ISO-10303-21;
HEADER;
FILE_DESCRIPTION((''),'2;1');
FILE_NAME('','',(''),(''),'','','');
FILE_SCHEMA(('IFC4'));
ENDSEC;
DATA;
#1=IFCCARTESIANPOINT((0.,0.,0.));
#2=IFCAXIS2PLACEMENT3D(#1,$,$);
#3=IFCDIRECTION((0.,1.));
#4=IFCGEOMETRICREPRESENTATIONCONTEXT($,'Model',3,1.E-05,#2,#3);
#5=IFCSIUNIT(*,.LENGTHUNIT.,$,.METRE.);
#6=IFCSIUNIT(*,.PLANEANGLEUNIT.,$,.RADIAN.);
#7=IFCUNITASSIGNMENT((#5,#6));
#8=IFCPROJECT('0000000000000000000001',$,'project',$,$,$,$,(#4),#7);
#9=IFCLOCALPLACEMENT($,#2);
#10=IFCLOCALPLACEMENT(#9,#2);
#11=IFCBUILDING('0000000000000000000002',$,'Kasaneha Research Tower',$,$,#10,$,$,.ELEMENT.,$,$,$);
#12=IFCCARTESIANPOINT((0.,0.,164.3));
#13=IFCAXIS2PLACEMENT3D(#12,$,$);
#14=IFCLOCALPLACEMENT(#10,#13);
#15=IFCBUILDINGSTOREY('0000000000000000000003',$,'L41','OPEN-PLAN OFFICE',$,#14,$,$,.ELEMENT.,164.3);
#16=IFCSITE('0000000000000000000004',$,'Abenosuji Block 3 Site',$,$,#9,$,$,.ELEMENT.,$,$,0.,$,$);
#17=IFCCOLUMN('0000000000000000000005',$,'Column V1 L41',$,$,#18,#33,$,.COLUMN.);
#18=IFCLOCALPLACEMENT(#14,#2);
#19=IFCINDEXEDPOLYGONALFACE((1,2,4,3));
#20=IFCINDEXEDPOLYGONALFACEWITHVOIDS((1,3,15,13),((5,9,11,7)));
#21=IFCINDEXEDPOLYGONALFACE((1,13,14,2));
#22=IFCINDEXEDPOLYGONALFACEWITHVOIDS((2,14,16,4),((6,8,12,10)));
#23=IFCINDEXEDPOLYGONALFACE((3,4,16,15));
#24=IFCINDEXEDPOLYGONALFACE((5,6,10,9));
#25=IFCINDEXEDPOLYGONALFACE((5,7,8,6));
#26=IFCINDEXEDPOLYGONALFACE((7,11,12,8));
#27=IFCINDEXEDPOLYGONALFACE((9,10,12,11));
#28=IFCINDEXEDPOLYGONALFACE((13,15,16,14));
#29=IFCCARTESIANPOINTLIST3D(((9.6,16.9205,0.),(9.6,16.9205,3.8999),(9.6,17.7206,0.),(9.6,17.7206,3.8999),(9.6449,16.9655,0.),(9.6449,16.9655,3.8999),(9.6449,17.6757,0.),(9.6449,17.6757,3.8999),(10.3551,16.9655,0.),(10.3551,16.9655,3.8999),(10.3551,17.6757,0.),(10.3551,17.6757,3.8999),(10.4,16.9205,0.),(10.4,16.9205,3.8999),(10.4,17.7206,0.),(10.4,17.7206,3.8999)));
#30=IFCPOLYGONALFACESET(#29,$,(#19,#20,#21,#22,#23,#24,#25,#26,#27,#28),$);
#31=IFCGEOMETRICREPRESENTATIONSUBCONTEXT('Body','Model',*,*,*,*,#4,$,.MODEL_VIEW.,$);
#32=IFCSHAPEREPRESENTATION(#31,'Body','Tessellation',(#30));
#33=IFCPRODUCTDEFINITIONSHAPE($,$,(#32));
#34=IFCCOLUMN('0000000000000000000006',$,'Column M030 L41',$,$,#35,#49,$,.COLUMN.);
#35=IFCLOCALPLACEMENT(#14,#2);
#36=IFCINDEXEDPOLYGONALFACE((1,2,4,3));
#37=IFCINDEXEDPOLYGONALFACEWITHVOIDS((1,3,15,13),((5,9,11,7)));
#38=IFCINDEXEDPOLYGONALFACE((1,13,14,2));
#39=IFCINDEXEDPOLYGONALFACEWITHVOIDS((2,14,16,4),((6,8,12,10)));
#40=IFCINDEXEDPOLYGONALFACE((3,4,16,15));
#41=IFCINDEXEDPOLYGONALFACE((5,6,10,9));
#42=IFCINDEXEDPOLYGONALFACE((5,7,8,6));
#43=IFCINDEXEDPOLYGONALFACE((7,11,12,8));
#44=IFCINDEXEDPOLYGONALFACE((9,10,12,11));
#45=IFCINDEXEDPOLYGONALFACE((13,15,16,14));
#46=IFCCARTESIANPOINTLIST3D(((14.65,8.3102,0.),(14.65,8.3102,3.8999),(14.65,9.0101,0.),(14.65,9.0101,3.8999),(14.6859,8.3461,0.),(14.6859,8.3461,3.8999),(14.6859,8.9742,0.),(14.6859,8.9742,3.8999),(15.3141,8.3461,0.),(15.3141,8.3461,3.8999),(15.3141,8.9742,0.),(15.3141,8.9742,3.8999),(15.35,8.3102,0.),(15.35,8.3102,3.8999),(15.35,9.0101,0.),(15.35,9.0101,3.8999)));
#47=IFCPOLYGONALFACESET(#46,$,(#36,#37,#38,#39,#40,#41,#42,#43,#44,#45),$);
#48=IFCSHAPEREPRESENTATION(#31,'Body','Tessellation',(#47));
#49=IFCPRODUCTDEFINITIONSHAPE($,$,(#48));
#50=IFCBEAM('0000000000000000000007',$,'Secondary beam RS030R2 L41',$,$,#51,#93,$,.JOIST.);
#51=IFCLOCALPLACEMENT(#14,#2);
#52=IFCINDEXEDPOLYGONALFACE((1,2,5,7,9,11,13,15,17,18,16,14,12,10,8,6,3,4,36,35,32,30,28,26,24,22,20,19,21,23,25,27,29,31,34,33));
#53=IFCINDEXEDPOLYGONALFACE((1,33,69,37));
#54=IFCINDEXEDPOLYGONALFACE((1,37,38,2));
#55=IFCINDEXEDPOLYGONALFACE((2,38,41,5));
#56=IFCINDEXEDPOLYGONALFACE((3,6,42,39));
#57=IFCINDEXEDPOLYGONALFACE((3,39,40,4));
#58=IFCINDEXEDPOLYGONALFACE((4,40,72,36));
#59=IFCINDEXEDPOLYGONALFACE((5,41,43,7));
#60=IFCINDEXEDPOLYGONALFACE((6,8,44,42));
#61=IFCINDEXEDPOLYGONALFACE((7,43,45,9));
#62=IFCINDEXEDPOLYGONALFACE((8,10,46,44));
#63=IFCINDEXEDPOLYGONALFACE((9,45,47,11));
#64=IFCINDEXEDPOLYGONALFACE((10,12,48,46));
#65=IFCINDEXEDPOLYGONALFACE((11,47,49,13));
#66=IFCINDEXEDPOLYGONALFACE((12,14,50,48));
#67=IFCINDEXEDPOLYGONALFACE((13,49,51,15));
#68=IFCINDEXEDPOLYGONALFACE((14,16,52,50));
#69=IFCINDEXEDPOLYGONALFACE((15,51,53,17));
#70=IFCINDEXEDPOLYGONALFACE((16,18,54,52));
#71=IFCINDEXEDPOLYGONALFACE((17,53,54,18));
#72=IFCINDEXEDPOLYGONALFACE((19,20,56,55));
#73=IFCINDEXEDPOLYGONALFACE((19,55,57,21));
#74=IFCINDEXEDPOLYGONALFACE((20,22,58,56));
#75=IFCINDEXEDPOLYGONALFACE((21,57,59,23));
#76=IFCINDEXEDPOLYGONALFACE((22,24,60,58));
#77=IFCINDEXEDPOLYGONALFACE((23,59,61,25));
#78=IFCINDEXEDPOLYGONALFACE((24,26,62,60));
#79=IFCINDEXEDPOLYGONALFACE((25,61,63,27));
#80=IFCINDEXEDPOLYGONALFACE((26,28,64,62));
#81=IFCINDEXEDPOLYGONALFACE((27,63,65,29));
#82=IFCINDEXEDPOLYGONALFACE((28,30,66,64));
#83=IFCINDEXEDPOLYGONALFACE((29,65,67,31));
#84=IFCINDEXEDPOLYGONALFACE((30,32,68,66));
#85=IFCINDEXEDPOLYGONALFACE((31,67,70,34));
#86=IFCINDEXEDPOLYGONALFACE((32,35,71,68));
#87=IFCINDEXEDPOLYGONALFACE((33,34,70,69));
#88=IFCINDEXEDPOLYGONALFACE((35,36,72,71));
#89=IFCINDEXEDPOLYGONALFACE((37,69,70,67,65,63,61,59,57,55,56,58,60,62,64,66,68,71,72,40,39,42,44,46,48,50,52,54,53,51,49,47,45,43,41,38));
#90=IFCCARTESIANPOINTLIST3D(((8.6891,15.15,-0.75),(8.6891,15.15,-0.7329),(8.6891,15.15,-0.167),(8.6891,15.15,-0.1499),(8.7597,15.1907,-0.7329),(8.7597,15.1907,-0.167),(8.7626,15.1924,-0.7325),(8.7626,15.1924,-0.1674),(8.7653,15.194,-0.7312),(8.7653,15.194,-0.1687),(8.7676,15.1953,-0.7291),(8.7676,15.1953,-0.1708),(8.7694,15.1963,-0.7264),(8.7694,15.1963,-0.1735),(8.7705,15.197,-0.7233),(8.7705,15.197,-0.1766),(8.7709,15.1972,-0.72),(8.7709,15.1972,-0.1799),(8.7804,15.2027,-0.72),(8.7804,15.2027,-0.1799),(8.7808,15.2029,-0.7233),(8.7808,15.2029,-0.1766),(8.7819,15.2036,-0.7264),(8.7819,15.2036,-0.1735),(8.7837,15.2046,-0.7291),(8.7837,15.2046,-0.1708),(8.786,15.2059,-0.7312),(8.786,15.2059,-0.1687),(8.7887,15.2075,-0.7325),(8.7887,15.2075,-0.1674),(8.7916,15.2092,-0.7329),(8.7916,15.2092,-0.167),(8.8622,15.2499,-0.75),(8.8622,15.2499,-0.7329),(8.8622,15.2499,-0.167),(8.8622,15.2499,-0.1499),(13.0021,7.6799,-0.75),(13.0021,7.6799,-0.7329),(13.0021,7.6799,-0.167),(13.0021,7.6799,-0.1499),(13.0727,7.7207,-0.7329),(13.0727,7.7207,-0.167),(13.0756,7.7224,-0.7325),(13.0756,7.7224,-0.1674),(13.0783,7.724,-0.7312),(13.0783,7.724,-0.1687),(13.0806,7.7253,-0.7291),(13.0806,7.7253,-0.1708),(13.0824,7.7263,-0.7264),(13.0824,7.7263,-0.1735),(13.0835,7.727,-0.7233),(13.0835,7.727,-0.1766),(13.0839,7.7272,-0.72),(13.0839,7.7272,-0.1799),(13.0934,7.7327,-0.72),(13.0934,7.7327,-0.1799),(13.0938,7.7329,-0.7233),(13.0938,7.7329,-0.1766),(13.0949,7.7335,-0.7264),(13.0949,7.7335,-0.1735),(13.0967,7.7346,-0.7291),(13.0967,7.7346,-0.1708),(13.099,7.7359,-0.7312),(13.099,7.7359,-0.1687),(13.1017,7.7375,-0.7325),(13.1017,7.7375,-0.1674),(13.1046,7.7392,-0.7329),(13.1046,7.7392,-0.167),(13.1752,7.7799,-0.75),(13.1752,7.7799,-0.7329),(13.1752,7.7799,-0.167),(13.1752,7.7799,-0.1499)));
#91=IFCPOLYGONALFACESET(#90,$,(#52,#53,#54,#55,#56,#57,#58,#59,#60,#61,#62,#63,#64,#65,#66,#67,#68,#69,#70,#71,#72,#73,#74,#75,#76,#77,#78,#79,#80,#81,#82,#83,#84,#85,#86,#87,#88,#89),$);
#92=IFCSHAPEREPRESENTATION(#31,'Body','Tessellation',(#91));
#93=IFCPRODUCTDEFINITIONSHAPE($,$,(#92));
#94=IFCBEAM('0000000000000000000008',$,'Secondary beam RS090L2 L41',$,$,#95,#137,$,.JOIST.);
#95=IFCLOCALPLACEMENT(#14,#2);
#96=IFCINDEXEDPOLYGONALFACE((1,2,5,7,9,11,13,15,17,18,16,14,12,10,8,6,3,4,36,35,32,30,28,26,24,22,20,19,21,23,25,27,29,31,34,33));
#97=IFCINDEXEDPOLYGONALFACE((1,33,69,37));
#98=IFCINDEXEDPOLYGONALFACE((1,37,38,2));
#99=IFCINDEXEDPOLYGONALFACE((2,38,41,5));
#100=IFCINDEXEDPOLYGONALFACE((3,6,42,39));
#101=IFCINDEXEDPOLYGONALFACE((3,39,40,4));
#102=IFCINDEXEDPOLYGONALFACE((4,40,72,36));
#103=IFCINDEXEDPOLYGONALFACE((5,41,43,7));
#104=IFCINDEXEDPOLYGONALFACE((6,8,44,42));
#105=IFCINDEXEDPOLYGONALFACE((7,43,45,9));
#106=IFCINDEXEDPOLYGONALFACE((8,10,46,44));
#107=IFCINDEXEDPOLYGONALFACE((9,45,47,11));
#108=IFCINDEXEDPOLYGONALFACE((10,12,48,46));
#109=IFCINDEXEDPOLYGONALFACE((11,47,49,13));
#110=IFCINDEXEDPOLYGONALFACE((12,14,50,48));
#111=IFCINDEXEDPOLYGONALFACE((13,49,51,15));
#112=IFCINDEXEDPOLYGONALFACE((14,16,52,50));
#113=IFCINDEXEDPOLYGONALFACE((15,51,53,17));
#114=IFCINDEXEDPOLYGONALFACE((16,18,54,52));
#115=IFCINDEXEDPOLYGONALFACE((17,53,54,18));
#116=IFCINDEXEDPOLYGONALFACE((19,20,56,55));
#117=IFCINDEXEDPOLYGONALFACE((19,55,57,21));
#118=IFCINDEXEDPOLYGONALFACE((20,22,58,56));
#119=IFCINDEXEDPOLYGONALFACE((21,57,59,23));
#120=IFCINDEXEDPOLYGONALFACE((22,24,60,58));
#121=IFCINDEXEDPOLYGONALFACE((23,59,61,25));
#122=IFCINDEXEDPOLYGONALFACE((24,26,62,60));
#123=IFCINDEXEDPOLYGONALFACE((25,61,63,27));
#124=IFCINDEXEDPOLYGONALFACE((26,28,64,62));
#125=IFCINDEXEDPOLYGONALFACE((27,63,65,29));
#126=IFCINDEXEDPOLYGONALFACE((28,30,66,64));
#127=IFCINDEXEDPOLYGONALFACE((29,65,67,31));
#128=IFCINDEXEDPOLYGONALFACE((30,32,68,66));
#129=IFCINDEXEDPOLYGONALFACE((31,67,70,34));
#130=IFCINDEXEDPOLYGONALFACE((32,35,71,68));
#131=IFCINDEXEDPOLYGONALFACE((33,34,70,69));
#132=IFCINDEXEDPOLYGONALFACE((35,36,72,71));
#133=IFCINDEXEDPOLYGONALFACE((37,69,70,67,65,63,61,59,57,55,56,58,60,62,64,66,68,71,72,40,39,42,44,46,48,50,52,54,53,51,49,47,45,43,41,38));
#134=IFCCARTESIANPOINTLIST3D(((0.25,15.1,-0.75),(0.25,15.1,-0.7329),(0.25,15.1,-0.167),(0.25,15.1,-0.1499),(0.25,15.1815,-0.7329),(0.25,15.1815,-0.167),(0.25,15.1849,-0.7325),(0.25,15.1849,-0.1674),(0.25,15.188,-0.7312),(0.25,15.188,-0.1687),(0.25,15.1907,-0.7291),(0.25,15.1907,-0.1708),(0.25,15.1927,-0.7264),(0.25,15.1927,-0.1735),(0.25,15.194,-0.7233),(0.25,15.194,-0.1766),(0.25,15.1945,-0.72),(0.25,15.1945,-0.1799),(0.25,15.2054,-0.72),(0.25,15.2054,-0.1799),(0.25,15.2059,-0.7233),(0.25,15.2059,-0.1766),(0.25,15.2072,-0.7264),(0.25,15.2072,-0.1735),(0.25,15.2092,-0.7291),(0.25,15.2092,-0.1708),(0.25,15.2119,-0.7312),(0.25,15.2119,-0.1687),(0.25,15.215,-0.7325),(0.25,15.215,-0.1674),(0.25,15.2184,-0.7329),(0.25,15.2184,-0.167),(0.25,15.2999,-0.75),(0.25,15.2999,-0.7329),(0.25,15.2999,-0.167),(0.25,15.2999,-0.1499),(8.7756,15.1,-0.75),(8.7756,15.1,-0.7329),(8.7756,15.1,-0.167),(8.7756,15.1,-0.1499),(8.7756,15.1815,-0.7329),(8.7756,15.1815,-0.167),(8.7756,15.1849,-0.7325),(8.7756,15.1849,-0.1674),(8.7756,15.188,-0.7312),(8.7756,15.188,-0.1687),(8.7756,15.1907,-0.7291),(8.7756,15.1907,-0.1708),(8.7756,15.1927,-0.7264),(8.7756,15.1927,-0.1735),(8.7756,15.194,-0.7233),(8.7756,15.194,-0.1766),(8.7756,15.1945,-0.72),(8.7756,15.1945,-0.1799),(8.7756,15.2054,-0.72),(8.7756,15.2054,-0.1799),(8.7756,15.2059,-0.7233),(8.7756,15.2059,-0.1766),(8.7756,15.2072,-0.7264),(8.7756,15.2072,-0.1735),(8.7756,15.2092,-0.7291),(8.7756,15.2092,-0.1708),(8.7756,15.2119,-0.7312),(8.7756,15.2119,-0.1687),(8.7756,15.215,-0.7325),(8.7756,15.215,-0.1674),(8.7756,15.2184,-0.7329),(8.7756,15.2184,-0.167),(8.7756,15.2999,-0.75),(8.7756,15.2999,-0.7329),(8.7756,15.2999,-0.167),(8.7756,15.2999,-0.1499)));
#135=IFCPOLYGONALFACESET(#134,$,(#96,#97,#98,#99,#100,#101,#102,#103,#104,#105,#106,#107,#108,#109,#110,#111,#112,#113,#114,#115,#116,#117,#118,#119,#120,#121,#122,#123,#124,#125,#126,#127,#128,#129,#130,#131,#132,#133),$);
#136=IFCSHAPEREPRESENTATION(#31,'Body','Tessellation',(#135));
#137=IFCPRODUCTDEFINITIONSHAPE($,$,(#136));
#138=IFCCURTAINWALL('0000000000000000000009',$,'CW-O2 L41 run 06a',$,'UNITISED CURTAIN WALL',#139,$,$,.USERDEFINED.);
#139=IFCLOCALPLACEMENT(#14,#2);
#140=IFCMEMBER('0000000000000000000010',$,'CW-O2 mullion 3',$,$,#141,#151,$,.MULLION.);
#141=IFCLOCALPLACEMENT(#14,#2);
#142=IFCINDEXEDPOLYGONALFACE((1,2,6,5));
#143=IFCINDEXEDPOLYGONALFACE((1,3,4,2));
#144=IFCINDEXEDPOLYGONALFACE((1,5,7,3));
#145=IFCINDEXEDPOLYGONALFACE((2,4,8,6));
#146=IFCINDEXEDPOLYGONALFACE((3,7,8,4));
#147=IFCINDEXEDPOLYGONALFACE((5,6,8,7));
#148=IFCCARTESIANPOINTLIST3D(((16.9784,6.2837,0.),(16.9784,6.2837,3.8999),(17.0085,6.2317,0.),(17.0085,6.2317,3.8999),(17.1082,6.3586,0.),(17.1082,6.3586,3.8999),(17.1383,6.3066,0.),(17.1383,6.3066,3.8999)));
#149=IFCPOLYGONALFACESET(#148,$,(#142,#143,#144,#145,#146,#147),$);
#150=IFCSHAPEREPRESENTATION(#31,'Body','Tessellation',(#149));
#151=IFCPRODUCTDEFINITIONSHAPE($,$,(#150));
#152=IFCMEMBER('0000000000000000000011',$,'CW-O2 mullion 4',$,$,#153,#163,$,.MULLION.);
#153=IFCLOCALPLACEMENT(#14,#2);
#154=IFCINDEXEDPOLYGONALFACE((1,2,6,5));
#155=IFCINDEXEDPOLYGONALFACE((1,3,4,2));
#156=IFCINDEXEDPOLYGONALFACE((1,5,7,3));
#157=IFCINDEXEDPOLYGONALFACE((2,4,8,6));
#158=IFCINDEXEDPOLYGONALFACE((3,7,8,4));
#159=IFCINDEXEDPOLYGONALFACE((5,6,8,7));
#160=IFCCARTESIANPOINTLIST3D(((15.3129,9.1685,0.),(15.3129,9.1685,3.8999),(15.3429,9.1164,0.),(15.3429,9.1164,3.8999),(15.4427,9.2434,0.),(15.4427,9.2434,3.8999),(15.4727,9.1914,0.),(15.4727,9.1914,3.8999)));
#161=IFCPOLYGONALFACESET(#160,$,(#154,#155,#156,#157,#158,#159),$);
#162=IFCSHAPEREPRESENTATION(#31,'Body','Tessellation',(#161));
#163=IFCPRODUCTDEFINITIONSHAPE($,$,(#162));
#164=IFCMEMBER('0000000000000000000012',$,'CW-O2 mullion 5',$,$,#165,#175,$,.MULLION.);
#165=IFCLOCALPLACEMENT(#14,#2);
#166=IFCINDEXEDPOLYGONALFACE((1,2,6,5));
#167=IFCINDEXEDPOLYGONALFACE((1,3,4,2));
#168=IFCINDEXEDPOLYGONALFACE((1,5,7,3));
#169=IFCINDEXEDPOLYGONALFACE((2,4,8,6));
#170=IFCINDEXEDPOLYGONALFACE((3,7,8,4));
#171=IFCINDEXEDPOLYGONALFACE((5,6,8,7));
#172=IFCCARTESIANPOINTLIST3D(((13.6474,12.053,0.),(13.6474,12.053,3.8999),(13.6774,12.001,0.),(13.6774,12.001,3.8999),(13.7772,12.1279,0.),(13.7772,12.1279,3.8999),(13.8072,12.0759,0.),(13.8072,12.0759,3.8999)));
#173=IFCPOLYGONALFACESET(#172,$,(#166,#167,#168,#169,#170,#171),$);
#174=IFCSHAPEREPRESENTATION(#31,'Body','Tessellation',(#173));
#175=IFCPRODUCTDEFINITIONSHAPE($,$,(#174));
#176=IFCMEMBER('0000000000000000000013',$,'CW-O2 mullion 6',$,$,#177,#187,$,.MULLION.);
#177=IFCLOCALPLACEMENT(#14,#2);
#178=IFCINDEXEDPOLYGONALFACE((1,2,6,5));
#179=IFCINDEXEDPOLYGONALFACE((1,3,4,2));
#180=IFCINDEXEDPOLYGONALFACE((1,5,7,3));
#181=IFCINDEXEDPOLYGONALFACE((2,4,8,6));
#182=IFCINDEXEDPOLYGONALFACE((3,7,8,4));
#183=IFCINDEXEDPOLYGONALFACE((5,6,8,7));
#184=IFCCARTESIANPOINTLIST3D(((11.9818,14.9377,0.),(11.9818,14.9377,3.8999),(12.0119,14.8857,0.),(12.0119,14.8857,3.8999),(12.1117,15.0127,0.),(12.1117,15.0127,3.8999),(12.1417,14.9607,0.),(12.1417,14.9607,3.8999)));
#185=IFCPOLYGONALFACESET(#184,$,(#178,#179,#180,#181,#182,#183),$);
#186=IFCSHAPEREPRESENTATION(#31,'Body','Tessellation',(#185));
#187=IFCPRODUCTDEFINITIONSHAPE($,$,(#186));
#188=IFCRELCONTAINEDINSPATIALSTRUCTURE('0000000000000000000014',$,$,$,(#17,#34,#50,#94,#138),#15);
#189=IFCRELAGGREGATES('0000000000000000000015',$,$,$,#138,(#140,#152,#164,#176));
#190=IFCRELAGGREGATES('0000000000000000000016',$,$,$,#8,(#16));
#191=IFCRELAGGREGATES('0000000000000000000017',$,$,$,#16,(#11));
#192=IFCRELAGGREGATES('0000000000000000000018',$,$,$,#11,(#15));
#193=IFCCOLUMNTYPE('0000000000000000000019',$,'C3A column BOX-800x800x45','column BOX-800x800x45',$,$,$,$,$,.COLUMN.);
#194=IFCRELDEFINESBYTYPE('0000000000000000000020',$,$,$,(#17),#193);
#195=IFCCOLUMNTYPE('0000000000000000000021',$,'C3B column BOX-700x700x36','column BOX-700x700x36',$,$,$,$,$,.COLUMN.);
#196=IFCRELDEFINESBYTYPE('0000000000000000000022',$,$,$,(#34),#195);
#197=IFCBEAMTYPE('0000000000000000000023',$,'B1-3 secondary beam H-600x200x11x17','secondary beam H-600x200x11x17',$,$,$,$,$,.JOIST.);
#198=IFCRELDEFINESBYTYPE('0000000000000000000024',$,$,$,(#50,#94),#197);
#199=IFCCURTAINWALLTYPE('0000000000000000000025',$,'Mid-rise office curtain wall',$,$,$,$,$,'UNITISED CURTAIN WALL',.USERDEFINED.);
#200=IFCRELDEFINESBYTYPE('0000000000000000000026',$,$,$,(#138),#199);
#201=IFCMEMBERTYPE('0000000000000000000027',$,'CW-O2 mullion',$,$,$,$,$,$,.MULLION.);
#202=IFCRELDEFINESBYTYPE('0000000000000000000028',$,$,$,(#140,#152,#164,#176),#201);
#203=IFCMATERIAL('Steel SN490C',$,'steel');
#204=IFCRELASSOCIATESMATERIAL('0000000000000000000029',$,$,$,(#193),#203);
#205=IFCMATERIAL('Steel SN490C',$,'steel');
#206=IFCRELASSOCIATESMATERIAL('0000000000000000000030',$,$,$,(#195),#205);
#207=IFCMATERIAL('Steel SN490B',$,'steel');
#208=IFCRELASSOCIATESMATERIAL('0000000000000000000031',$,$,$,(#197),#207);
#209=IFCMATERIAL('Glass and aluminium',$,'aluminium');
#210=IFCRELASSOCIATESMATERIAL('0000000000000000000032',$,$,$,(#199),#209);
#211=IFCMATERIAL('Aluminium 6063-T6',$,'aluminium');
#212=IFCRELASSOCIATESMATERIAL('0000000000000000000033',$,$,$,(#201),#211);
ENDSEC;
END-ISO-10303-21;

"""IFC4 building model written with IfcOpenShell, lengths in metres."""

from ifc_helpers import new_model, si_unit, direction, frame, origin, origin_2d, place, context, subcontext, project, spatial, rectangle, hollow_rectangle, i_section, extrude, material, material_profile, profile_set, type_object, element, aggregate, save


model = new_model("IFC4")

# Units and contexts
model_context = context("Model", 3, precision=1e-05, world=origin(), true_north=direction((0.0, 1.0)))
body_context = subcontext(model_context, "Body", "Model", "MODEL_VIEW")
ifc_project = project(units=[si_unit("LENGTHUNIT", "METRE"), si_unit("PLANEANGLEUNIT", "RADIAN")], contexts=[model_context])

# Site, building, storey
site_placement = place(None, origin())
site = spatial("IfcSite", under=ifc_project, at=site_placement, Name="Abenosuji Block 3 Site", CompositionType="ELEMENT", RefElevation=0.0)
building_placement = place(site_placement, origin())
building = spatial("IfcBuilding", under=site, at=building_placement, Name="Kasaneha Research Tower", CompositionType="ELEMENT")
storey_placement = place(building_placement, frame((0.0, 0.0, 164.3)))
storey = spatial("IfcBuildingStorey", under=building, at=storey_placement, Name="L41", Description="OPEN-PLAN OFFICE", CompositionType="ELEMENT", Elevation=164.3)

# Columns
ifc_material_1 = material(Name="Steel SN490C", Category="steel")
ifc_material_profile_1 = material_profile(ifc_material_1, hollow_rectangle(XDim=0.8, YDim=0.8, WallThickness=0.0449, at=origin_2d()), Name="BOX-800x800x45")
ifc_profile_set_1 = profile_set([ifc_material_profile_1], Name="Steel SN490C")
column_type_1 = type_object("IfcColumnType", Name="C3A column BOX-800x800x45", Description="column BOX-800x800x45", PredefinedType="COLUMN", material=ifc_profile_set_1)
column_1_placement = place(storey_placement, frame((10.0, 17.3206, 0.0), z_axis=(0.0, 0.0, 1.0), x_axis=(1.0, 0.0, 0.0)))
element("IfcColumn", 1, at=column_1_placement, inside=storey, type_object=column_type_1, Name="Column V1 L41", PredefinedType="COLUMN", context=body_context, shape_type="SweptSolid", body=[
    extrude(hollow_rectangle(XDim=0.8, YDim=0.8, WallThickness=0.0449, at=origin_2d()), origin(), (0.0, 0.0, 1.0), 3.8999),
])
ifc_material_2 = material(Name="Steel SN490C", Category="steel")
ifc_material_profile_2 = material_profile(ifc_material_2, hollow_rectangle(XDim=0.7, YDim=0.7, WallThickness=0.0359, at=origin_2d()), Name="BOX-700x700x36")
ifc_profile_set_2 = profile_set([ifc_material_profile_2], Name="Steel SN490C")
column_type_2 = type_object("IfcColumnType", Name="C3B column BOX-700x700x36", Description="column BOX-700x700x36", PredefinedType="COLUMN", material=ifc_profile_set_2)
column_2_placement = place(storey_placement, frame((15.0, 8.6602, 0.0), z_axis=(0.0, 0.0, 1.0), x_axis=(1.0, 0.0, 0.0)))
element("IfcColumn", 2, at=column_2_placement, inside=storey, type_object=column_type_2, Name="Column M030 L41", PredefinedType="COLUMN", context=body_context, shape_type="SweptSolid", body=[
    extrude(hollow_rectangle(XDim=0.7, YDim=0.7, WallThickness=0.0359, at=origin_2d()), origin(), (0.0, 0.0, 1.0), 3.8999),
])

# Beams
ifc_material_3 = material(Name="Steel SN490B", Category="steel")
ifc_material_profile_3 = material_profile(ifc_material_3, i_section(OverallWidth=0.2, OverallDepth=0.6001, WebThickness=0.011, FlangeThickness=0.0171, FilletRadius=0.0129, at=origin_2d()), Name="H-600x200x11x17")
ifc_profile_set_3 = profile_set([ifc_material_profile_3], Name="Steel SN490B")
beam_type_1 = type_object("IfcBeamType", Name="B1-3 secondary beam H-600x200x11x17", Description="secondary beam H-600x200x11x17", PredefinedType="JOIST", material=ifc_profile_set_3)
beam_1_placement = place(storey_placement, frame((8.7756, 15.2, -0.45), z_axis=(0.500017, -0.866015, 0.0), x_axis=(0.866015, 0.500017, 0.0)))
element("IfcBeam", 3, at=beam_1_placement, inside=storey, type_object=beam_type_1, Name="Secondary beam RS030R2 L41", PredefinedType="JOIST", context=body_context, shape_type="SweptSolid", body=[
    extrude(i_section(OverallWidth=0.2, OverallDepth=0.6001, WebThickness=0.011, FlangeThickness=0.0171, FilletRadius=0.0129, at=origin_2d()), origin(), (0.0, 0.0, 1.0), 8.6257),
])
beam_2_placement = place(storey_placement, frame((8.7756, 15.2, -0.45), z_axis=(-1.0, 0.0, 0.0), x_axis=(0.0, -1.0, 0.0)))
element("IfcBeam", 4, at=beam_2_placement, inside=storey, type_object=beam_type_1, Name="Secondary beam RS090L2 L41", PredefinedType="JOIST", context=body_context, shape_type="SweptSolid", body=[
    extrude(i_section(OverallWidth=0.2, OverallDepth=0.6001, WebThickness=0.011, FlangeThickness=0.0171, FilletRadius=0.0129, at=origin_2d()), origin(), (0.0, 0.0, 1.0), 8.5256),
])

# Curtain wall, members
ifc_material_4 = material(Name="Glass and aluminium", Category="aluminium")
curtain_wall_type = type_object("IfcCurtainWallType", Name="Mid-rise office curtain wall", ElementType="UNITISED CURTAIN WALL", PredefinedType="USERDEFINED", material=ifc_material_4)
curtain_wall_1_placement = place(storey_placement, origin())
curtain_wall_1 = element("IfcCurtainWall", 5, at=curtain_wall_1_placement, inside=storey, type_object=curtain_wall_type, Name="CW-O2 L41 run 06a", ObjectType="UNITISED CURTAIN WALL", PredefinedType="USERDEFINED")
ifc_material_5 = material(Name="Aluminium 6063-T6", Category="aluminium")
ifc_material_profile_4 = material_profile(ifc_material_5, rectangle(XDim=0.0601, YDim=0.1499, at=origin_2d()), Name="CW-O2 mullion 60x150")
ifc_profile_set_4 = profile_set([ifc_material_profile_4], Name="Aluminium 6063-T6")
member_type_1 = type_object("IfcMemberType", Name="CW-O2 mullion", PredefinedType="MULLION", material=ifc_profile_set_4)
member_1_placement = place(storey_placement, frame((17.0583, 6.2952, 0.0), z_axis=(0.0, 0.0, 1.0), x_axis=(-0.5, 0.866025, 0.0)))
member_1 = element("IfcMember", 6, at=member_1_placement, type_object=member_type_1, Name="CW-O2 mullion 3", PredefinedType="MULLION", context=body_context, shape_type="SweptSolid", body=[
    extrude(rectangle(XDim=0.0601, YDim=0.1499, at=origin_2d()), origin(), (0.0, 0.0, 1.0), 3.8999),
])
member_2_placement = place(storey_placement, frame((15.3928, 9.1799, 0.0), z_axis=(0.0, 0.0, 1.0), x_axis=(-0.5, 0.866025, 0.0)))
member_2 = element("IfcMember", 7, at=member_2_placement, type_object=member_type_1, Name="CW-O2 mullion 4", PredefinedType="MULLION", context=body_context, shape_type="SweptSolid", body=[
    extrude(rectangle(XDim=0.0601, YDim=0.1499, at=origin_2d()), origin(), (0.0, 0.0, 1.0), 3.8999),
])
member_3_placement = place(storey_placement, frame((13.7273, 12.0645, 0.0), z_axis=(0.0, 0.0, 1.0), x_axis=(-0.5, 0.866025, 0.0)))
member_3 = element("IfcMember", 8, at=member_3_placement, type_object=member_type_1, Name="CW-O2 mullion 5", PredefinedType="MULLION", context=body_context, shape_type="SweptSolid", body=[
    extrude(rectangle(XDim=0.0601, YDim=0.1499, at=origin_2d()), origin(), (0.0, 0.0, 1.0), 3.8999),
])
member_4_placement = place(storey_placement, frame((12.0618, 14.9492, 0.0), z_axis=(0.0, 0.0, 1.0), x_axis=(-0.5, 0.866025, 0.0)))
member_4 = element("IfcMember", 9, at=member_4_placement, type_object=member_type_1, Name="CW-O2 mullion 6", PredefinedType="MULLION", context=body_context, shape_type="SweptSolid", body=[
    extrude(rectangle(XDim=0.0601, YDim=0.1499, at=origin_2d()), origin(), (0.0, 0.0, 1.0), 3.8999),
])

aggregate(curtain_wall_1, [member_1, member_2, member_3, member_4])

save(model, "model.ifc")
